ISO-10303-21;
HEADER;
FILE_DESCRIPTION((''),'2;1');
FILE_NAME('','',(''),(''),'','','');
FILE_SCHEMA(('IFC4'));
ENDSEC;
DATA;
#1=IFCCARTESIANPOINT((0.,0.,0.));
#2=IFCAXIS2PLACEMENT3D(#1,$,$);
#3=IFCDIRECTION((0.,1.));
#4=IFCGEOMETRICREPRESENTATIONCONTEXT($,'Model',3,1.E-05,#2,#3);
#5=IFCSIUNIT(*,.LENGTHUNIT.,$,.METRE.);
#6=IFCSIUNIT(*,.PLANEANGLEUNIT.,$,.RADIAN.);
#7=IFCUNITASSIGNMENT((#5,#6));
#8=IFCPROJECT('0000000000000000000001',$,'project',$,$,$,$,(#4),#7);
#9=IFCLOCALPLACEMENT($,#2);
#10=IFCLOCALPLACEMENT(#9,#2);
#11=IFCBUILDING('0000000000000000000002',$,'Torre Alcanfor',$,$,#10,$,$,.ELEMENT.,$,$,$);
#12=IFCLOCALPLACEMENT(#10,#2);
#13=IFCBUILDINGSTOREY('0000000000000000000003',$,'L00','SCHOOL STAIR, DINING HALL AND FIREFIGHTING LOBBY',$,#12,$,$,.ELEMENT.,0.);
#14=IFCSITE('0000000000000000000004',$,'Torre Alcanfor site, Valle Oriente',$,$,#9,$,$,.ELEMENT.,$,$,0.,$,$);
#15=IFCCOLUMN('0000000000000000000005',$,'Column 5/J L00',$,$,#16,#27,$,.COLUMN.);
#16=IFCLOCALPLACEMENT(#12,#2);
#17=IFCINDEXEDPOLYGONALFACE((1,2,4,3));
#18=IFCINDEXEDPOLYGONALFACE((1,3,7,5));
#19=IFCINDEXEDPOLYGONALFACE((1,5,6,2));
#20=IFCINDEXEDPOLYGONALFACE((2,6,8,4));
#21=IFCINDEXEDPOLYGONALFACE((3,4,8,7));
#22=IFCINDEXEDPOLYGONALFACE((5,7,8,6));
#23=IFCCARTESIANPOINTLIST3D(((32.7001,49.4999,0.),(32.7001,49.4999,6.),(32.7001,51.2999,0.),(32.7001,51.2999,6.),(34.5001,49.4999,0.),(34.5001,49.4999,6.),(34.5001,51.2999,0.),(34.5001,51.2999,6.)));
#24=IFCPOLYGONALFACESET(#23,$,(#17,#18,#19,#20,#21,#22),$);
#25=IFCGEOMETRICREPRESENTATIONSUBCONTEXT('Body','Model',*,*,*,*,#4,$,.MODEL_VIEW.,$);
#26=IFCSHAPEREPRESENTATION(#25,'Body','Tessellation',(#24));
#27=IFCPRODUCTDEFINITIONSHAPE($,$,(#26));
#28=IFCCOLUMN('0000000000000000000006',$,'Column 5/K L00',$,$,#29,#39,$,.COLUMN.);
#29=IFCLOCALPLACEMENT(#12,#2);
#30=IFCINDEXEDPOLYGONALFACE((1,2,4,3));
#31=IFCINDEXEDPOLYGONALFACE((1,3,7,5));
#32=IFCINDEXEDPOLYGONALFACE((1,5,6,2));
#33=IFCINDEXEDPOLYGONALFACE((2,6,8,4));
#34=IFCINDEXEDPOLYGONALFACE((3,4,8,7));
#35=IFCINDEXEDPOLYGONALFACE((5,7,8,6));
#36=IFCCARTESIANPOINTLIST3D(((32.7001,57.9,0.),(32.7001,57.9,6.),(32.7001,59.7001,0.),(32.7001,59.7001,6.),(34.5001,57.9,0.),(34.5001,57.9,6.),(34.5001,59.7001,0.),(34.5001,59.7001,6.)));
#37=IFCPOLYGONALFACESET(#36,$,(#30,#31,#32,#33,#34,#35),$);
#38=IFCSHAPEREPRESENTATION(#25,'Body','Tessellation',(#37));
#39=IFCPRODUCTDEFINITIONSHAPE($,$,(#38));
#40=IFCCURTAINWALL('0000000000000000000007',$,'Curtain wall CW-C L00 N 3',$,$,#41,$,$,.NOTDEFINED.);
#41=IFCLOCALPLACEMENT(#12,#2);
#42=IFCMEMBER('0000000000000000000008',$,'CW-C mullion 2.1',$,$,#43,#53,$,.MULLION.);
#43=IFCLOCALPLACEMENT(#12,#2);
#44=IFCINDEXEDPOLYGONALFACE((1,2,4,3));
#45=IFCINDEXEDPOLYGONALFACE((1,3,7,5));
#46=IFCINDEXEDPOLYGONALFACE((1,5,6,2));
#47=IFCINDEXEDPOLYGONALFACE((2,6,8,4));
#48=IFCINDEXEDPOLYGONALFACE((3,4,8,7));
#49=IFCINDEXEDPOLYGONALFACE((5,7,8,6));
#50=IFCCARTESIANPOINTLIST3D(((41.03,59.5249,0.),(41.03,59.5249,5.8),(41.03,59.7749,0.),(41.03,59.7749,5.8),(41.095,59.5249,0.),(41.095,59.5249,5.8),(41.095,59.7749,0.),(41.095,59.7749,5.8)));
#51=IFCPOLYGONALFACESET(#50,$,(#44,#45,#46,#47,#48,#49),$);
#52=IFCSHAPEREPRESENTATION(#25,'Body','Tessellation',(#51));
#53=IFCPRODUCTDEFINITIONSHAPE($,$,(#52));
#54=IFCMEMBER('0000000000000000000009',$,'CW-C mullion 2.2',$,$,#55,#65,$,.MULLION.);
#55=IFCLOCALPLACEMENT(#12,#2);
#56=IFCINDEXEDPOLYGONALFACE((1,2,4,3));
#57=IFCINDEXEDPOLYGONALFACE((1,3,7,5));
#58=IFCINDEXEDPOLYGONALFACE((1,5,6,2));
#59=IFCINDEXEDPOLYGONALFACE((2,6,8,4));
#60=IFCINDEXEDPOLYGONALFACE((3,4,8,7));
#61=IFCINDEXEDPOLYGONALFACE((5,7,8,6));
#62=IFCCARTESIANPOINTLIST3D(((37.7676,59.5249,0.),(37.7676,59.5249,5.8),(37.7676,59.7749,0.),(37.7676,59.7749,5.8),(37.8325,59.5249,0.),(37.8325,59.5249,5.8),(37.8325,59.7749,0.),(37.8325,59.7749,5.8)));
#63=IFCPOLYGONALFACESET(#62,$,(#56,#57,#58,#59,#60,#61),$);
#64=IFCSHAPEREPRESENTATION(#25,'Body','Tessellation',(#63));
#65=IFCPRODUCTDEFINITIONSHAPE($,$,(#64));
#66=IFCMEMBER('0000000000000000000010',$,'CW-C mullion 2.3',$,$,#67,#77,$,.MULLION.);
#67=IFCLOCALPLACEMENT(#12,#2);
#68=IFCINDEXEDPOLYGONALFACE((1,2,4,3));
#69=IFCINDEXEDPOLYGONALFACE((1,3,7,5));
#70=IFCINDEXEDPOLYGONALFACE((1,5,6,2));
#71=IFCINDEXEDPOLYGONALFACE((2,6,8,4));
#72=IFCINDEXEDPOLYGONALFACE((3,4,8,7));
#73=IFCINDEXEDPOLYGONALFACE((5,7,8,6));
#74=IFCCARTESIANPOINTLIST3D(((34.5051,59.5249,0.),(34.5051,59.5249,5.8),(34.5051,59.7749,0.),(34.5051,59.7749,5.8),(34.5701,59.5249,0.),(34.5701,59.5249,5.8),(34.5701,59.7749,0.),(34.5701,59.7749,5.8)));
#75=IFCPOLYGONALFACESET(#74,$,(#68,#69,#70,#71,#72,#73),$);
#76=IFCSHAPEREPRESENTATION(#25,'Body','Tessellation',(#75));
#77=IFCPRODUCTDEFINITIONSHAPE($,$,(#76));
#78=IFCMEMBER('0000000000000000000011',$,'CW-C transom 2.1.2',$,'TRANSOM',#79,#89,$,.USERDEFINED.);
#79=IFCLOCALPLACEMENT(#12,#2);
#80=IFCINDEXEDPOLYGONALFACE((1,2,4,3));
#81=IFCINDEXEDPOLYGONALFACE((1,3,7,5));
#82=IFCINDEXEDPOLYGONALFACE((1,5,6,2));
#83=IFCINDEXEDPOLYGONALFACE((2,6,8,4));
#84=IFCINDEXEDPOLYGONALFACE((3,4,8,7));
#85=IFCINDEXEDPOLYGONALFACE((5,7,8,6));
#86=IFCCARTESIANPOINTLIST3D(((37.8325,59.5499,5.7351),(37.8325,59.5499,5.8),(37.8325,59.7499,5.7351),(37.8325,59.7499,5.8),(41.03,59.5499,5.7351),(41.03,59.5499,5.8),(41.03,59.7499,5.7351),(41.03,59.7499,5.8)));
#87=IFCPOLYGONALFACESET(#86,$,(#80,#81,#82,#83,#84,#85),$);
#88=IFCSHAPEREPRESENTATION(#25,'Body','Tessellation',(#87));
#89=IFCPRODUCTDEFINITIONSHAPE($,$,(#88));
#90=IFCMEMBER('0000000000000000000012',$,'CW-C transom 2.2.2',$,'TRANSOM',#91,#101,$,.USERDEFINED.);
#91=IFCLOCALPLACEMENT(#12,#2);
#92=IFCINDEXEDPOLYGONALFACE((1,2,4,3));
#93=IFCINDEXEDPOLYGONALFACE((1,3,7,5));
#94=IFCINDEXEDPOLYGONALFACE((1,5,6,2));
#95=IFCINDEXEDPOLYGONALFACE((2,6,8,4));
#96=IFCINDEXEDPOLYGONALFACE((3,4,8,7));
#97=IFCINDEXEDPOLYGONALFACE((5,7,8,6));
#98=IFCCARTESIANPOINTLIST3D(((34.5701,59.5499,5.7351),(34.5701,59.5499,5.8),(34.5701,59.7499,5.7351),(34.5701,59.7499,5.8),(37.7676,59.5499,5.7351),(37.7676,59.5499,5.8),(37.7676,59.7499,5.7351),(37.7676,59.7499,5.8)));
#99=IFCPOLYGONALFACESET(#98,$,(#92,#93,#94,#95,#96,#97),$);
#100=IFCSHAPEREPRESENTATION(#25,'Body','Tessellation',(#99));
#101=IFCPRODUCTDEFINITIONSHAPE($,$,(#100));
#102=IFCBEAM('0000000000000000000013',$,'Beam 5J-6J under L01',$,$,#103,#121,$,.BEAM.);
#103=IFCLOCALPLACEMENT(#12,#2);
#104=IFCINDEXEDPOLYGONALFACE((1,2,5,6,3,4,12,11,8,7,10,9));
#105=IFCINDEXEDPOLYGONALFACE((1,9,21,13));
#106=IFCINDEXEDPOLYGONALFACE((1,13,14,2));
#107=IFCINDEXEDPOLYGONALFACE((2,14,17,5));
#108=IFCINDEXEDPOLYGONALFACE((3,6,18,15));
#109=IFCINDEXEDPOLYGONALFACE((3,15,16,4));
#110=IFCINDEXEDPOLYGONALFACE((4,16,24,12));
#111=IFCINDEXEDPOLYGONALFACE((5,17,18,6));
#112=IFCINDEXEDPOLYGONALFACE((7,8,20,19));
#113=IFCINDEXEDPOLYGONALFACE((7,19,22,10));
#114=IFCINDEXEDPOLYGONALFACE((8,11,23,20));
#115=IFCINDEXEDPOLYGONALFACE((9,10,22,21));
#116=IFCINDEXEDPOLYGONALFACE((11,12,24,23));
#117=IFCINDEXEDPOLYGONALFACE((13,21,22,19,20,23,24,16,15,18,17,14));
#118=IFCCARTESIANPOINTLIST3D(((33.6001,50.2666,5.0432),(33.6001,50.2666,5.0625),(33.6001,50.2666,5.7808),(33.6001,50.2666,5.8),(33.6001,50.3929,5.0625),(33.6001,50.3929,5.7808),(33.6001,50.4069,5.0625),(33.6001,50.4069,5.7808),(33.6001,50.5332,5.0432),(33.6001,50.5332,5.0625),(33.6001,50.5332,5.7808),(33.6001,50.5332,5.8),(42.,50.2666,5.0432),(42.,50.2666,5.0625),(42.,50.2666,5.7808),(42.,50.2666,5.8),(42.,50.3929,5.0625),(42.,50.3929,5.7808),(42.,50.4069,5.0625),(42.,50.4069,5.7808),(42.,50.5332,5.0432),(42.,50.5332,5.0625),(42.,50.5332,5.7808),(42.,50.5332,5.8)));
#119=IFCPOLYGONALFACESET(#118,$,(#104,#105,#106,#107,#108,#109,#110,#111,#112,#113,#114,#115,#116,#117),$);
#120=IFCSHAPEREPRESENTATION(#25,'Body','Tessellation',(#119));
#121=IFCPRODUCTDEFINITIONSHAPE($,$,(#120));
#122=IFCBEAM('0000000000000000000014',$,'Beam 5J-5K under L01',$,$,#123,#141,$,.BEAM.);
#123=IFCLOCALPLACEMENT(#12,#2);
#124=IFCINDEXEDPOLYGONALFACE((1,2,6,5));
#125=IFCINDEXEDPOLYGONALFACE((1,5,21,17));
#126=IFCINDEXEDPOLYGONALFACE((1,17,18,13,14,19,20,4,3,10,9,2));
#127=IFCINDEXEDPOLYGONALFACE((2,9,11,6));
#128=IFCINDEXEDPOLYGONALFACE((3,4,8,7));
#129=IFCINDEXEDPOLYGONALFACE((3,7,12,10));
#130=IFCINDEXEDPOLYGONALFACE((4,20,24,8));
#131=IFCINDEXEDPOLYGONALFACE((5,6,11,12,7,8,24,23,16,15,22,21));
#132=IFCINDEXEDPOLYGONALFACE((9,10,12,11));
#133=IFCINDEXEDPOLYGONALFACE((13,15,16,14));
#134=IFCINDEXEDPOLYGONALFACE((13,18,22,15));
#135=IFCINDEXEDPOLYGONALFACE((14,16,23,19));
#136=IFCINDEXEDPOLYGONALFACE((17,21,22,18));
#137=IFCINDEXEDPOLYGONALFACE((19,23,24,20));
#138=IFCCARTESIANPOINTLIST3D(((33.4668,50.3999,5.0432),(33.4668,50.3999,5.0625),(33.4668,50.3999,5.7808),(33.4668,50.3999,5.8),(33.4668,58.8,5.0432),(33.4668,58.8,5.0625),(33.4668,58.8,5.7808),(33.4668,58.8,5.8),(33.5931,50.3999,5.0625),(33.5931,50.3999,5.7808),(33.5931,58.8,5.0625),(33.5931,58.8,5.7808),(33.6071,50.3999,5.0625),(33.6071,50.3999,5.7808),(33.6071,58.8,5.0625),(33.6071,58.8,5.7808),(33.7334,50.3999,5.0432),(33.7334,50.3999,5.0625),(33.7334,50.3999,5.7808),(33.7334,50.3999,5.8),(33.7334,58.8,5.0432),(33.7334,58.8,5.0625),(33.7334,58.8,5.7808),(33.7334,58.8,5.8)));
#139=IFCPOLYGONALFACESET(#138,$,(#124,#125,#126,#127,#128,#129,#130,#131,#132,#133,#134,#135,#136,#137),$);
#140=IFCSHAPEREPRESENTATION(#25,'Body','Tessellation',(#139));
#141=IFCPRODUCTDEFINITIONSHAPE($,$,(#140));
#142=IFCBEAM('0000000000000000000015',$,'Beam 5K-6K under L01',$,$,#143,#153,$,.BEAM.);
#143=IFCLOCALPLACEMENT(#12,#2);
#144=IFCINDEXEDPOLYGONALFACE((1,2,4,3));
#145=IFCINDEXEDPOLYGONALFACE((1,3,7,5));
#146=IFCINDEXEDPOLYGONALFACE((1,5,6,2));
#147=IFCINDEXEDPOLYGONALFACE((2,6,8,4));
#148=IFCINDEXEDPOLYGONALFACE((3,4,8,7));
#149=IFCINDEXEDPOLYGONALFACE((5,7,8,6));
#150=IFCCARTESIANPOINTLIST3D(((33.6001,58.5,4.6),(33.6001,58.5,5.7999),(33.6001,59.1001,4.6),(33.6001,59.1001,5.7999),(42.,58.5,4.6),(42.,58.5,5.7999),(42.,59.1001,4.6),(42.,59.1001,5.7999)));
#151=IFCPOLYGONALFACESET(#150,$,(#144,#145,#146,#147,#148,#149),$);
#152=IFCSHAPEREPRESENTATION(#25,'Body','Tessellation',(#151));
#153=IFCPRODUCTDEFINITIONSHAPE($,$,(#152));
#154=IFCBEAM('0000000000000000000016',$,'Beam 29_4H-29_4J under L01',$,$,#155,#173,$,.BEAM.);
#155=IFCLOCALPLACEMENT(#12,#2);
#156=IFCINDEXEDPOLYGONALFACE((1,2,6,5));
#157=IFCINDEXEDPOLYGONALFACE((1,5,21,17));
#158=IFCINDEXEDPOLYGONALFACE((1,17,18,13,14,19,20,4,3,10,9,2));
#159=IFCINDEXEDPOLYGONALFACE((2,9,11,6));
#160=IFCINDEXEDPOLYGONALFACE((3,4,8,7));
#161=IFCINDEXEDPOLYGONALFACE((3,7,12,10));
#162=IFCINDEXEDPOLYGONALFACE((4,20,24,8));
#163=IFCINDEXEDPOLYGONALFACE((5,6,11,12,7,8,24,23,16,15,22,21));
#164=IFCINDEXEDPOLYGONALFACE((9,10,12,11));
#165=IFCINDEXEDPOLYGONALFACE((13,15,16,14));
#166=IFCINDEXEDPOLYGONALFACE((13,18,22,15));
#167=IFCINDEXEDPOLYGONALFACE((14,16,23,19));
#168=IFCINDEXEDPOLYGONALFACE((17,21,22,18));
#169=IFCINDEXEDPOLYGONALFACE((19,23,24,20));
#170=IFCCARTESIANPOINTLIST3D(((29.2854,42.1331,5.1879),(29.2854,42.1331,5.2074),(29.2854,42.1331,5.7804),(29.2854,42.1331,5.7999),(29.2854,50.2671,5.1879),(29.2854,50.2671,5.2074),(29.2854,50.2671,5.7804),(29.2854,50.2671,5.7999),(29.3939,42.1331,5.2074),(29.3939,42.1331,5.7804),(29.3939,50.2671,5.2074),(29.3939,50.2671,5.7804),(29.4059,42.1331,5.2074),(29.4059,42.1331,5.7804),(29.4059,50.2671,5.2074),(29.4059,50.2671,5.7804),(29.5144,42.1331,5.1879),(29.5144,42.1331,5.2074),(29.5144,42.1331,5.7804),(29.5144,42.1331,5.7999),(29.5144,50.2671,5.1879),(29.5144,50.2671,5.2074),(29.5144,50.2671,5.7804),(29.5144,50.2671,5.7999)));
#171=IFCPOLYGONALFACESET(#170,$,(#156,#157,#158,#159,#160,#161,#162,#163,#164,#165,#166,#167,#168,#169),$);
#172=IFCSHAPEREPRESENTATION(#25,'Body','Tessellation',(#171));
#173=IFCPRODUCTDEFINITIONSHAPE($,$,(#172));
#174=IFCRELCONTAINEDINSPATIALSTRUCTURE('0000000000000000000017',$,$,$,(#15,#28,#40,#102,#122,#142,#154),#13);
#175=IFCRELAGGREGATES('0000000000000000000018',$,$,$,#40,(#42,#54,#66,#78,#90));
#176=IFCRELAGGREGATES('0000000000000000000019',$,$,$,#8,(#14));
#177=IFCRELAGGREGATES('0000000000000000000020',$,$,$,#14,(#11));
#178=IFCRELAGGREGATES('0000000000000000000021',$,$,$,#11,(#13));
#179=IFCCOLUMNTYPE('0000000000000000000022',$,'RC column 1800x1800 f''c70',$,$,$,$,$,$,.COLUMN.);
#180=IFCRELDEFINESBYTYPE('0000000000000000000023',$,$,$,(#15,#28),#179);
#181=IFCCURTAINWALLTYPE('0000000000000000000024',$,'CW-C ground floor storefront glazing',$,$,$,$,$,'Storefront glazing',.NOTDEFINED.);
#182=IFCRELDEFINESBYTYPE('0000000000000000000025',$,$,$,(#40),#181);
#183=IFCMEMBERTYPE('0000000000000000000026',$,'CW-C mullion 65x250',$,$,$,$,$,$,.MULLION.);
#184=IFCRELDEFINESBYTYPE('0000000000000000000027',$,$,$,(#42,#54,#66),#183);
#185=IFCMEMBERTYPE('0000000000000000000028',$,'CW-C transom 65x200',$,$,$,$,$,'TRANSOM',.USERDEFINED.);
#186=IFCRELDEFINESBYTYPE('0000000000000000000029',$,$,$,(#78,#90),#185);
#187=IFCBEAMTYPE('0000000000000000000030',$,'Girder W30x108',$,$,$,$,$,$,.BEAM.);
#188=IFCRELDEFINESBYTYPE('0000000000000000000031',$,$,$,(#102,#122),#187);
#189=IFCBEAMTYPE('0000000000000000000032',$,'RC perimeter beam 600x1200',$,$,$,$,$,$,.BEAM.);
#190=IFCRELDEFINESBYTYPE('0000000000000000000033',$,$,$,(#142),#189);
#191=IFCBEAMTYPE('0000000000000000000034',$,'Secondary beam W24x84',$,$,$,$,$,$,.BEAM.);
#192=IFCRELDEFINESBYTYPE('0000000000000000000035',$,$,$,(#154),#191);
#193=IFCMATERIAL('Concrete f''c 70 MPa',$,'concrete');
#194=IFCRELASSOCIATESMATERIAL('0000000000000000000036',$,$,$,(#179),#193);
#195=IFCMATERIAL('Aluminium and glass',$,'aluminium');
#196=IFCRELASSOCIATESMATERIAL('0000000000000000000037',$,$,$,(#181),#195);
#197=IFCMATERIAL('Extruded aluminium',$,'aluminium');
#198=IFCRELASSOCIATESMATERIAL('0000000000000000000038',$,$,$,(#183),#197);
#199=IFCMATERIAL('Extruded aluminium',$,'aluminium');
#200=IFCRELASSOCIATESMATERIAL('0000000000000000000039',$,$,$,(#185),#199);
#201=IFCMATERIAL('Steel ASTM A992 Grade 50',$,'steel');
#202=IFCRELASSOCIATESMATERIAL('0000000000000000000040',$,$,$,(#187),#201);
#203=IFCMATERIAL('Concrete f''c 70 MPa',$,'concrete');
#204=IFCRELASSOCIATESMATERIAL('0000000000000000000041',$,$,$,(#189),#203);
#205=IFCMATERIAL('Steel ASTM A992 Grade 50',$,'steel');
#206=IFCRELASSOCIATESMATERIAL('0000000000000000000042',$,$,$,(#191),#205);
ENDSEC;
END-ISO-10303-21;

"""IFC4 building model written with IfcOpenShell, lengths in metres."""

from ifc_helpers import new_model, si_unit, direction, frame, origin, origin_2d, place, context, subcontext, project, spatial, rectangle, i_section, extrude, material, material_profile, profile_set, type_object, element, aggregate, save


model = new_model("IFC4")

# Units and contexts
model_context = context("Model", 3, precision=1e-05, world=origin(), true_north=direction((0.0, 1.0)))
body_context = subcontext(model_context, "Body", "Model", "MODEL_VIEW")
ifc_project = project(units=[si_unit("LENGTHUNIT", "METRE"), si_unit("PLANEANGLEUNIT", "RADIAN")], contexts=[model_context])

# Site, building, storey
site_placement = place(None, origin())
site = spatial("IfcSite", under=ifc_project, at=site_placement, Name="Torre Alcanfor site, Valle Oriente", CompositionType="ELEMENT", RefElevation=0.0)
building_placement = place(site_placement, origin())
building = spatial("IfcBuilding", under=site, at=building_placement, Name="Torre Alcanfor", CompositionType="ELEMENT")
storey_placement = place(building_placement, origin())
storey = spatial("IfcBuildingStorey", under=building, at=storey_placement, Name="L00", Description="SCHOOL STAIR, DINING HALL AND FIREFIGHTING LOBBY", CompositionType="ELEMENT", Elevation=0.0)

# Columns
ifc_material_1 = material(Name="Concrete f'c 70 MPa", Category="concrete")
ifc_material_profile_1 = material_profile(ifc_material_1, rectangle(XDim=1.8, YDim=1.8, at=origin_2d()), Name="1800x1800")
ifc_profile_set_1 = profile_set([ifc_material_profile_1], Name="Concrete f'c 70 MPa")
column_type = type_object("IfcColumnType", Name="RC column 1800x1800 f'c70", PredefinedType="COLUMN", material=ifc_profile_set_1)
for number, where, z_axis, x_axis, name in (
    (1, (33.6001, 50.3999, 0.0), (0.0, 0.0, 1.0), (1.0, 0.0, 0.0), "Column 5/J L00"),
    (2, (33.6001, 58.8, 0.0), (0.0, 0.0, 1.0), (1.0, 0.0, 0.0), "Column 5/K L00"),
):
    element("IfcColumn", number, at=place(storey_placement, frame(where, z_axis=z_axis, x_axis=x_axis)), inside=storey, type_object=column_type, Name=name, PredefinedType="COLUMN", context=body_context, shape_type="SweptSolid", body=[
        extrude(rectangle(XDim=1.8, YDim=1.8, at=origin_2d()), origin(), (0.0, 0.0, 1.0), 6.0),
    ])

# Curtain wall, members
ifc_material_2 = material(Name="Aluminium and glass", Category="aluminium")
curtain_wall_type = type_object("IfcCurtainWallType", Name="CW-C ground floor storefront glazing", ElementType="Storefront glazing", PredefinedType="NOTDEFINED", material=ifc_material_2)
curtain_wall_placement = place(storey_placement, origin())
curtain_wall = element("IfcCurtainWall", 3, at=curtain_wall_placement, inside=storey, type_object=curtain_wall_type, Name="Curtain wall CW-C L00 N 3", PredefinedType="NOTDEFINED")
ifc_material_3 = material(Name="Extruded aluminium", Category="aluminium")
ifc_material_profile_2 = material_profile(ifc_material_3, rectangle(XDim=0.25, YDim=0.0649, at=origin_2d()), Name="CW-C mullion 65x250")
ifc_profile_set_2 = profile_set([ifc_material_profile_2], Name="Extruded aluminium")
member_type_1 = type_object("IfcMemberType", Name="CW-C mullion 65x250", PredefinedType="MULLION", material=ifc_profile_set_2)
member_1_placement = place(storey_placement, frame((41.0625, 59.6499, 0.0), z_axis=(0.0, 0.0, 1.0), x_axis=(0.0, -1.0, 0.0)))
member_1 = element("IfcMember", 4, at=member_1_placement, type_object=member_type_1, Name="CW-C mullion 2.1", PredefinedType="MULLION", context=body_context, shape_type="SweptSolid", body=[
    extrude(rectangle(XDim=0.25, YDim=0.0649, at=origin_2d()), origin(), (0.0, 0.0, 1.0), 5.8),
])
member_2_placement = place(storey_placement, frame((37.8, 59.6499, 0.0), z_axis=(0.0, 0.0, 1.0), x_axis=(0.0, -1.0, 0.0)))
member_2 = element("IfcMember", 5, at=member_2_placement, type_object=member_type_1, Name="CW-C mullion 2.2", PredefinedType="MULLION", context=body_context, shape_type="SweptSolid", body=[
    extrude(rectangle(XDim=0.25, YDim=0.0649, at=origin_2d()), origin(), (0.0, 0.0, 1.0), 5.8),
])
member_3_placement = place(storey_placement, frame((34.5376, 59.6499, 0.0), z_axis=(0.0, 0.0, 1.0), x_axis=(0.0, -1.0, 0.0)))
member_3 = element("IfcMember", 6, at=member_3_placement, type_object=member_type_1, Name="CW-C mullion 2.3", PredefinedType="MULLION", context=body_context, shape_type="SweptSolid", body=[
    extrude(rectangle(XDim=0.25, YDim=0.0649, at=origin_2d()), origin(), (0.0, 0.0, 1.0), 5.8),
])
ifc_material_4 = material(Name="Extruded aluminium", Category="aluminium")
ifc_material_profile_3 = material_profile(ifc_material_4, rectangle(XDim=0.2, YDim=0.0649, at=origin_2d()), Name="CW-C transom 200x65")
ifc_profile_set_3 = profile_set([ifc_material_profile_3], Name="Extruded aluminium")
member_type_2 = type_object("IfcMemberType", Name="CW-C transom 65x200", ElementType="TRANSOM", PredefinedType="USERDEFINED", material=ifc_profile_set_3)
member_4_placement = place(storey_placement, frame((41.03, 59.6499, 5.7676), z_axis=(-1.0, 0.0, 0.0), x_axis=(0.0, -1.0, 0.0)))
member_4 = element("IfcMember", 7, at=member_4_placement, type_object=member_type_2, Name="CW-C transom 2.1.2", ObjectType="TRANSOM", PredefinedType="USERDEFINED", context=body_context, shape_type="SweptSolid", body=[
    extrude(rectangle(XDim=0.2, YDim=0.0649, at=origin_2d()), origin(), (0.0, 0.0, 1.0), 3.1975),
])
member_5_placement = place(storey_placement, frame((37.7676, 59.6499, 5.7676), z_axis=(-1.0, 0.0, 0.0), x_axis=(0.0, -1.0, 0.0)))
member_5 = element("IfcMember", 8, at=member_5_placement, type_object=member_type_2, Name="CW-C transom 2.2.2", ObjectType="TRANSOM", PredefinedType="USERDEFINED", context=body_context, shape_type="SweptSolid", body=[
    extrude(rectangle(XDim=0.2, YDim=0.0649, at=origin_2d()), origin(), (0.0, 0.0, 1.0), 3.1975),
])

# Beams
ifc_material_5 = material(Name="Steel ASTM A992 Grade 50", Category="steel")
ifc_material_profile_4 = material_profile(ifc_material_5, i_section(OverallWidth=0.2666, OverallDepth=0.7568, WebThickness=0.0139, FlangeThickness=0.0193, at=origin_2d()), Name="W30x108")
ifc_profile_set_4 = profile_set([ifc_material_profile_4], Name="Steel ASTM A992 Grade 50")
beam_type_1 = type_object("IfcBeamType", Name="Girder W30x108", PredefinedType="BEAM", material=ifc_profile_set_4)
beam_1_placement = place(storey_placement, frame((33.6001, 50.3999, 5.4216), z_axis=(1.0, 0.0, 0.0), x_axis=(0.0, 1.0, 0.0)))
element("IfcBeam", 9, at=beam_1_placement, inside=storey, type_object=beam_type_1, Name="Beam 5J-6J under L01", PredefinedType="BEAM", context=body_context, shape_type="SweptSolid", body=[
    extrude(i_section(OverallWidth=0.2666, OverallDepth=0.7568, WebThickness=0.0139, FlangeThickness=0.0193, at=origin_2d()), origin(), (0.0, 0.0, 1.0), 8.3999),
])
beam_2_placement = place(storey_placement, frame((33.6001, 50.3999, 5.4216), z_axis=(0.0, 1.0, 0.0), x_axis=(-1.0, 0.0, 0.0)))
element("IfcBeam", 10, at=beam_2_placement, inside=storey, type_object=beam_type_1, Name="Beam 5J-5K under L01", PredefinedType="BEAM", context=body_context, shape_type="SweptSolid", body=[
    extrude(i_section(OverallWidth=0.2666, OverallDepth=0.7568, WebThickness=0.0139, FlangeThickness=0.0193, at=origin_2d()), origin(), (0.0, 0.0, 1.0), 8.4001),
])
ifc_material_6 = material(Name="Concrete f'c 70 MPa", Category="concrete")
ifc_material_profile_5 = material_profile(ifc_material_6, rectangle(XDim=0.6001, YDim=1.2, at=origin_2d()), Name="600x1200")
ifc_profile_set_5 = profile_set([ifc_material_profile_5], Name="Concrete f'c 70 MPa")
beam_type_2 = type_object("IfcBeamType", Name="RC perimeter beam 600x1200", PredefinedType="BEAM", material=ifc_profile_set_5)
beam_3_placement = place(storey_placement, frame((33.6001, 58.8, 5.2), z_axis=(1.0, 0.0, 0.0), x_axis=(0.0, 1.0, 0.0)))
element("IfcBeam", 11, at=beam_3_placement, inside=storey, type_object=beam_type_2, Name="Beam 5K-6K under L01", PredefinedType="BEAM", context=body_context, shape_type="SweptSolid", body=[
    extrude(rectangle(XDim=0.6001, YDim=1.2, at=origin_2d()), origin(), (0.0, 0.0, 1.0), 8.3999),
])
ifc_material_7 = material(Name="Steel ASTM A992 Grade 50", Category="steel")
ifc_material_profile_6 = material_profile(ifc_material_7, i_section(OverallWidth=0.229, OverallDepth=0.6121, WebThickness=0.012, FlangeThickness=0.0195, at=origin_2d()), Name="W24x84")
ifc_profile_set_6 = profile_set([ifc_material_profile_6], Name="Steel ASTM A992 Grade 50")
beam_type_3 = type_object("IfcBeamType", Name="Secondary beam W24x84", PredefinedType="BEAM", material=ifc_profile_set_6)
beam_4_placement = place(storey_placement, frame((29.3999, 42.1331, 5.4939), z_axis=(0.0, 1.0, 0.0), x_axis=(-1.0, 0.0, 0.0)))
element("IfcBeam", 12, at=beam_4_placement, inside=storey, type_object=beam_type_3, Name="Beam 29_4H-29_4J under L01", PredefinedType="BEAM", context=body_context, shape_type="SweptSolid", body=[
    extrude(i_section(OverallWidth=0.229, OverallDepth=0.6121, WebThickness=0.012, FlangeThickness=0.0195, at=origin_2d()), origin(), (0.0, 0.0, 1.0), 8.134),
])

aggregate(curtain_wall, [member_1, member_2, member_3, member_4, member_5])

save(model, "model.ifc")
